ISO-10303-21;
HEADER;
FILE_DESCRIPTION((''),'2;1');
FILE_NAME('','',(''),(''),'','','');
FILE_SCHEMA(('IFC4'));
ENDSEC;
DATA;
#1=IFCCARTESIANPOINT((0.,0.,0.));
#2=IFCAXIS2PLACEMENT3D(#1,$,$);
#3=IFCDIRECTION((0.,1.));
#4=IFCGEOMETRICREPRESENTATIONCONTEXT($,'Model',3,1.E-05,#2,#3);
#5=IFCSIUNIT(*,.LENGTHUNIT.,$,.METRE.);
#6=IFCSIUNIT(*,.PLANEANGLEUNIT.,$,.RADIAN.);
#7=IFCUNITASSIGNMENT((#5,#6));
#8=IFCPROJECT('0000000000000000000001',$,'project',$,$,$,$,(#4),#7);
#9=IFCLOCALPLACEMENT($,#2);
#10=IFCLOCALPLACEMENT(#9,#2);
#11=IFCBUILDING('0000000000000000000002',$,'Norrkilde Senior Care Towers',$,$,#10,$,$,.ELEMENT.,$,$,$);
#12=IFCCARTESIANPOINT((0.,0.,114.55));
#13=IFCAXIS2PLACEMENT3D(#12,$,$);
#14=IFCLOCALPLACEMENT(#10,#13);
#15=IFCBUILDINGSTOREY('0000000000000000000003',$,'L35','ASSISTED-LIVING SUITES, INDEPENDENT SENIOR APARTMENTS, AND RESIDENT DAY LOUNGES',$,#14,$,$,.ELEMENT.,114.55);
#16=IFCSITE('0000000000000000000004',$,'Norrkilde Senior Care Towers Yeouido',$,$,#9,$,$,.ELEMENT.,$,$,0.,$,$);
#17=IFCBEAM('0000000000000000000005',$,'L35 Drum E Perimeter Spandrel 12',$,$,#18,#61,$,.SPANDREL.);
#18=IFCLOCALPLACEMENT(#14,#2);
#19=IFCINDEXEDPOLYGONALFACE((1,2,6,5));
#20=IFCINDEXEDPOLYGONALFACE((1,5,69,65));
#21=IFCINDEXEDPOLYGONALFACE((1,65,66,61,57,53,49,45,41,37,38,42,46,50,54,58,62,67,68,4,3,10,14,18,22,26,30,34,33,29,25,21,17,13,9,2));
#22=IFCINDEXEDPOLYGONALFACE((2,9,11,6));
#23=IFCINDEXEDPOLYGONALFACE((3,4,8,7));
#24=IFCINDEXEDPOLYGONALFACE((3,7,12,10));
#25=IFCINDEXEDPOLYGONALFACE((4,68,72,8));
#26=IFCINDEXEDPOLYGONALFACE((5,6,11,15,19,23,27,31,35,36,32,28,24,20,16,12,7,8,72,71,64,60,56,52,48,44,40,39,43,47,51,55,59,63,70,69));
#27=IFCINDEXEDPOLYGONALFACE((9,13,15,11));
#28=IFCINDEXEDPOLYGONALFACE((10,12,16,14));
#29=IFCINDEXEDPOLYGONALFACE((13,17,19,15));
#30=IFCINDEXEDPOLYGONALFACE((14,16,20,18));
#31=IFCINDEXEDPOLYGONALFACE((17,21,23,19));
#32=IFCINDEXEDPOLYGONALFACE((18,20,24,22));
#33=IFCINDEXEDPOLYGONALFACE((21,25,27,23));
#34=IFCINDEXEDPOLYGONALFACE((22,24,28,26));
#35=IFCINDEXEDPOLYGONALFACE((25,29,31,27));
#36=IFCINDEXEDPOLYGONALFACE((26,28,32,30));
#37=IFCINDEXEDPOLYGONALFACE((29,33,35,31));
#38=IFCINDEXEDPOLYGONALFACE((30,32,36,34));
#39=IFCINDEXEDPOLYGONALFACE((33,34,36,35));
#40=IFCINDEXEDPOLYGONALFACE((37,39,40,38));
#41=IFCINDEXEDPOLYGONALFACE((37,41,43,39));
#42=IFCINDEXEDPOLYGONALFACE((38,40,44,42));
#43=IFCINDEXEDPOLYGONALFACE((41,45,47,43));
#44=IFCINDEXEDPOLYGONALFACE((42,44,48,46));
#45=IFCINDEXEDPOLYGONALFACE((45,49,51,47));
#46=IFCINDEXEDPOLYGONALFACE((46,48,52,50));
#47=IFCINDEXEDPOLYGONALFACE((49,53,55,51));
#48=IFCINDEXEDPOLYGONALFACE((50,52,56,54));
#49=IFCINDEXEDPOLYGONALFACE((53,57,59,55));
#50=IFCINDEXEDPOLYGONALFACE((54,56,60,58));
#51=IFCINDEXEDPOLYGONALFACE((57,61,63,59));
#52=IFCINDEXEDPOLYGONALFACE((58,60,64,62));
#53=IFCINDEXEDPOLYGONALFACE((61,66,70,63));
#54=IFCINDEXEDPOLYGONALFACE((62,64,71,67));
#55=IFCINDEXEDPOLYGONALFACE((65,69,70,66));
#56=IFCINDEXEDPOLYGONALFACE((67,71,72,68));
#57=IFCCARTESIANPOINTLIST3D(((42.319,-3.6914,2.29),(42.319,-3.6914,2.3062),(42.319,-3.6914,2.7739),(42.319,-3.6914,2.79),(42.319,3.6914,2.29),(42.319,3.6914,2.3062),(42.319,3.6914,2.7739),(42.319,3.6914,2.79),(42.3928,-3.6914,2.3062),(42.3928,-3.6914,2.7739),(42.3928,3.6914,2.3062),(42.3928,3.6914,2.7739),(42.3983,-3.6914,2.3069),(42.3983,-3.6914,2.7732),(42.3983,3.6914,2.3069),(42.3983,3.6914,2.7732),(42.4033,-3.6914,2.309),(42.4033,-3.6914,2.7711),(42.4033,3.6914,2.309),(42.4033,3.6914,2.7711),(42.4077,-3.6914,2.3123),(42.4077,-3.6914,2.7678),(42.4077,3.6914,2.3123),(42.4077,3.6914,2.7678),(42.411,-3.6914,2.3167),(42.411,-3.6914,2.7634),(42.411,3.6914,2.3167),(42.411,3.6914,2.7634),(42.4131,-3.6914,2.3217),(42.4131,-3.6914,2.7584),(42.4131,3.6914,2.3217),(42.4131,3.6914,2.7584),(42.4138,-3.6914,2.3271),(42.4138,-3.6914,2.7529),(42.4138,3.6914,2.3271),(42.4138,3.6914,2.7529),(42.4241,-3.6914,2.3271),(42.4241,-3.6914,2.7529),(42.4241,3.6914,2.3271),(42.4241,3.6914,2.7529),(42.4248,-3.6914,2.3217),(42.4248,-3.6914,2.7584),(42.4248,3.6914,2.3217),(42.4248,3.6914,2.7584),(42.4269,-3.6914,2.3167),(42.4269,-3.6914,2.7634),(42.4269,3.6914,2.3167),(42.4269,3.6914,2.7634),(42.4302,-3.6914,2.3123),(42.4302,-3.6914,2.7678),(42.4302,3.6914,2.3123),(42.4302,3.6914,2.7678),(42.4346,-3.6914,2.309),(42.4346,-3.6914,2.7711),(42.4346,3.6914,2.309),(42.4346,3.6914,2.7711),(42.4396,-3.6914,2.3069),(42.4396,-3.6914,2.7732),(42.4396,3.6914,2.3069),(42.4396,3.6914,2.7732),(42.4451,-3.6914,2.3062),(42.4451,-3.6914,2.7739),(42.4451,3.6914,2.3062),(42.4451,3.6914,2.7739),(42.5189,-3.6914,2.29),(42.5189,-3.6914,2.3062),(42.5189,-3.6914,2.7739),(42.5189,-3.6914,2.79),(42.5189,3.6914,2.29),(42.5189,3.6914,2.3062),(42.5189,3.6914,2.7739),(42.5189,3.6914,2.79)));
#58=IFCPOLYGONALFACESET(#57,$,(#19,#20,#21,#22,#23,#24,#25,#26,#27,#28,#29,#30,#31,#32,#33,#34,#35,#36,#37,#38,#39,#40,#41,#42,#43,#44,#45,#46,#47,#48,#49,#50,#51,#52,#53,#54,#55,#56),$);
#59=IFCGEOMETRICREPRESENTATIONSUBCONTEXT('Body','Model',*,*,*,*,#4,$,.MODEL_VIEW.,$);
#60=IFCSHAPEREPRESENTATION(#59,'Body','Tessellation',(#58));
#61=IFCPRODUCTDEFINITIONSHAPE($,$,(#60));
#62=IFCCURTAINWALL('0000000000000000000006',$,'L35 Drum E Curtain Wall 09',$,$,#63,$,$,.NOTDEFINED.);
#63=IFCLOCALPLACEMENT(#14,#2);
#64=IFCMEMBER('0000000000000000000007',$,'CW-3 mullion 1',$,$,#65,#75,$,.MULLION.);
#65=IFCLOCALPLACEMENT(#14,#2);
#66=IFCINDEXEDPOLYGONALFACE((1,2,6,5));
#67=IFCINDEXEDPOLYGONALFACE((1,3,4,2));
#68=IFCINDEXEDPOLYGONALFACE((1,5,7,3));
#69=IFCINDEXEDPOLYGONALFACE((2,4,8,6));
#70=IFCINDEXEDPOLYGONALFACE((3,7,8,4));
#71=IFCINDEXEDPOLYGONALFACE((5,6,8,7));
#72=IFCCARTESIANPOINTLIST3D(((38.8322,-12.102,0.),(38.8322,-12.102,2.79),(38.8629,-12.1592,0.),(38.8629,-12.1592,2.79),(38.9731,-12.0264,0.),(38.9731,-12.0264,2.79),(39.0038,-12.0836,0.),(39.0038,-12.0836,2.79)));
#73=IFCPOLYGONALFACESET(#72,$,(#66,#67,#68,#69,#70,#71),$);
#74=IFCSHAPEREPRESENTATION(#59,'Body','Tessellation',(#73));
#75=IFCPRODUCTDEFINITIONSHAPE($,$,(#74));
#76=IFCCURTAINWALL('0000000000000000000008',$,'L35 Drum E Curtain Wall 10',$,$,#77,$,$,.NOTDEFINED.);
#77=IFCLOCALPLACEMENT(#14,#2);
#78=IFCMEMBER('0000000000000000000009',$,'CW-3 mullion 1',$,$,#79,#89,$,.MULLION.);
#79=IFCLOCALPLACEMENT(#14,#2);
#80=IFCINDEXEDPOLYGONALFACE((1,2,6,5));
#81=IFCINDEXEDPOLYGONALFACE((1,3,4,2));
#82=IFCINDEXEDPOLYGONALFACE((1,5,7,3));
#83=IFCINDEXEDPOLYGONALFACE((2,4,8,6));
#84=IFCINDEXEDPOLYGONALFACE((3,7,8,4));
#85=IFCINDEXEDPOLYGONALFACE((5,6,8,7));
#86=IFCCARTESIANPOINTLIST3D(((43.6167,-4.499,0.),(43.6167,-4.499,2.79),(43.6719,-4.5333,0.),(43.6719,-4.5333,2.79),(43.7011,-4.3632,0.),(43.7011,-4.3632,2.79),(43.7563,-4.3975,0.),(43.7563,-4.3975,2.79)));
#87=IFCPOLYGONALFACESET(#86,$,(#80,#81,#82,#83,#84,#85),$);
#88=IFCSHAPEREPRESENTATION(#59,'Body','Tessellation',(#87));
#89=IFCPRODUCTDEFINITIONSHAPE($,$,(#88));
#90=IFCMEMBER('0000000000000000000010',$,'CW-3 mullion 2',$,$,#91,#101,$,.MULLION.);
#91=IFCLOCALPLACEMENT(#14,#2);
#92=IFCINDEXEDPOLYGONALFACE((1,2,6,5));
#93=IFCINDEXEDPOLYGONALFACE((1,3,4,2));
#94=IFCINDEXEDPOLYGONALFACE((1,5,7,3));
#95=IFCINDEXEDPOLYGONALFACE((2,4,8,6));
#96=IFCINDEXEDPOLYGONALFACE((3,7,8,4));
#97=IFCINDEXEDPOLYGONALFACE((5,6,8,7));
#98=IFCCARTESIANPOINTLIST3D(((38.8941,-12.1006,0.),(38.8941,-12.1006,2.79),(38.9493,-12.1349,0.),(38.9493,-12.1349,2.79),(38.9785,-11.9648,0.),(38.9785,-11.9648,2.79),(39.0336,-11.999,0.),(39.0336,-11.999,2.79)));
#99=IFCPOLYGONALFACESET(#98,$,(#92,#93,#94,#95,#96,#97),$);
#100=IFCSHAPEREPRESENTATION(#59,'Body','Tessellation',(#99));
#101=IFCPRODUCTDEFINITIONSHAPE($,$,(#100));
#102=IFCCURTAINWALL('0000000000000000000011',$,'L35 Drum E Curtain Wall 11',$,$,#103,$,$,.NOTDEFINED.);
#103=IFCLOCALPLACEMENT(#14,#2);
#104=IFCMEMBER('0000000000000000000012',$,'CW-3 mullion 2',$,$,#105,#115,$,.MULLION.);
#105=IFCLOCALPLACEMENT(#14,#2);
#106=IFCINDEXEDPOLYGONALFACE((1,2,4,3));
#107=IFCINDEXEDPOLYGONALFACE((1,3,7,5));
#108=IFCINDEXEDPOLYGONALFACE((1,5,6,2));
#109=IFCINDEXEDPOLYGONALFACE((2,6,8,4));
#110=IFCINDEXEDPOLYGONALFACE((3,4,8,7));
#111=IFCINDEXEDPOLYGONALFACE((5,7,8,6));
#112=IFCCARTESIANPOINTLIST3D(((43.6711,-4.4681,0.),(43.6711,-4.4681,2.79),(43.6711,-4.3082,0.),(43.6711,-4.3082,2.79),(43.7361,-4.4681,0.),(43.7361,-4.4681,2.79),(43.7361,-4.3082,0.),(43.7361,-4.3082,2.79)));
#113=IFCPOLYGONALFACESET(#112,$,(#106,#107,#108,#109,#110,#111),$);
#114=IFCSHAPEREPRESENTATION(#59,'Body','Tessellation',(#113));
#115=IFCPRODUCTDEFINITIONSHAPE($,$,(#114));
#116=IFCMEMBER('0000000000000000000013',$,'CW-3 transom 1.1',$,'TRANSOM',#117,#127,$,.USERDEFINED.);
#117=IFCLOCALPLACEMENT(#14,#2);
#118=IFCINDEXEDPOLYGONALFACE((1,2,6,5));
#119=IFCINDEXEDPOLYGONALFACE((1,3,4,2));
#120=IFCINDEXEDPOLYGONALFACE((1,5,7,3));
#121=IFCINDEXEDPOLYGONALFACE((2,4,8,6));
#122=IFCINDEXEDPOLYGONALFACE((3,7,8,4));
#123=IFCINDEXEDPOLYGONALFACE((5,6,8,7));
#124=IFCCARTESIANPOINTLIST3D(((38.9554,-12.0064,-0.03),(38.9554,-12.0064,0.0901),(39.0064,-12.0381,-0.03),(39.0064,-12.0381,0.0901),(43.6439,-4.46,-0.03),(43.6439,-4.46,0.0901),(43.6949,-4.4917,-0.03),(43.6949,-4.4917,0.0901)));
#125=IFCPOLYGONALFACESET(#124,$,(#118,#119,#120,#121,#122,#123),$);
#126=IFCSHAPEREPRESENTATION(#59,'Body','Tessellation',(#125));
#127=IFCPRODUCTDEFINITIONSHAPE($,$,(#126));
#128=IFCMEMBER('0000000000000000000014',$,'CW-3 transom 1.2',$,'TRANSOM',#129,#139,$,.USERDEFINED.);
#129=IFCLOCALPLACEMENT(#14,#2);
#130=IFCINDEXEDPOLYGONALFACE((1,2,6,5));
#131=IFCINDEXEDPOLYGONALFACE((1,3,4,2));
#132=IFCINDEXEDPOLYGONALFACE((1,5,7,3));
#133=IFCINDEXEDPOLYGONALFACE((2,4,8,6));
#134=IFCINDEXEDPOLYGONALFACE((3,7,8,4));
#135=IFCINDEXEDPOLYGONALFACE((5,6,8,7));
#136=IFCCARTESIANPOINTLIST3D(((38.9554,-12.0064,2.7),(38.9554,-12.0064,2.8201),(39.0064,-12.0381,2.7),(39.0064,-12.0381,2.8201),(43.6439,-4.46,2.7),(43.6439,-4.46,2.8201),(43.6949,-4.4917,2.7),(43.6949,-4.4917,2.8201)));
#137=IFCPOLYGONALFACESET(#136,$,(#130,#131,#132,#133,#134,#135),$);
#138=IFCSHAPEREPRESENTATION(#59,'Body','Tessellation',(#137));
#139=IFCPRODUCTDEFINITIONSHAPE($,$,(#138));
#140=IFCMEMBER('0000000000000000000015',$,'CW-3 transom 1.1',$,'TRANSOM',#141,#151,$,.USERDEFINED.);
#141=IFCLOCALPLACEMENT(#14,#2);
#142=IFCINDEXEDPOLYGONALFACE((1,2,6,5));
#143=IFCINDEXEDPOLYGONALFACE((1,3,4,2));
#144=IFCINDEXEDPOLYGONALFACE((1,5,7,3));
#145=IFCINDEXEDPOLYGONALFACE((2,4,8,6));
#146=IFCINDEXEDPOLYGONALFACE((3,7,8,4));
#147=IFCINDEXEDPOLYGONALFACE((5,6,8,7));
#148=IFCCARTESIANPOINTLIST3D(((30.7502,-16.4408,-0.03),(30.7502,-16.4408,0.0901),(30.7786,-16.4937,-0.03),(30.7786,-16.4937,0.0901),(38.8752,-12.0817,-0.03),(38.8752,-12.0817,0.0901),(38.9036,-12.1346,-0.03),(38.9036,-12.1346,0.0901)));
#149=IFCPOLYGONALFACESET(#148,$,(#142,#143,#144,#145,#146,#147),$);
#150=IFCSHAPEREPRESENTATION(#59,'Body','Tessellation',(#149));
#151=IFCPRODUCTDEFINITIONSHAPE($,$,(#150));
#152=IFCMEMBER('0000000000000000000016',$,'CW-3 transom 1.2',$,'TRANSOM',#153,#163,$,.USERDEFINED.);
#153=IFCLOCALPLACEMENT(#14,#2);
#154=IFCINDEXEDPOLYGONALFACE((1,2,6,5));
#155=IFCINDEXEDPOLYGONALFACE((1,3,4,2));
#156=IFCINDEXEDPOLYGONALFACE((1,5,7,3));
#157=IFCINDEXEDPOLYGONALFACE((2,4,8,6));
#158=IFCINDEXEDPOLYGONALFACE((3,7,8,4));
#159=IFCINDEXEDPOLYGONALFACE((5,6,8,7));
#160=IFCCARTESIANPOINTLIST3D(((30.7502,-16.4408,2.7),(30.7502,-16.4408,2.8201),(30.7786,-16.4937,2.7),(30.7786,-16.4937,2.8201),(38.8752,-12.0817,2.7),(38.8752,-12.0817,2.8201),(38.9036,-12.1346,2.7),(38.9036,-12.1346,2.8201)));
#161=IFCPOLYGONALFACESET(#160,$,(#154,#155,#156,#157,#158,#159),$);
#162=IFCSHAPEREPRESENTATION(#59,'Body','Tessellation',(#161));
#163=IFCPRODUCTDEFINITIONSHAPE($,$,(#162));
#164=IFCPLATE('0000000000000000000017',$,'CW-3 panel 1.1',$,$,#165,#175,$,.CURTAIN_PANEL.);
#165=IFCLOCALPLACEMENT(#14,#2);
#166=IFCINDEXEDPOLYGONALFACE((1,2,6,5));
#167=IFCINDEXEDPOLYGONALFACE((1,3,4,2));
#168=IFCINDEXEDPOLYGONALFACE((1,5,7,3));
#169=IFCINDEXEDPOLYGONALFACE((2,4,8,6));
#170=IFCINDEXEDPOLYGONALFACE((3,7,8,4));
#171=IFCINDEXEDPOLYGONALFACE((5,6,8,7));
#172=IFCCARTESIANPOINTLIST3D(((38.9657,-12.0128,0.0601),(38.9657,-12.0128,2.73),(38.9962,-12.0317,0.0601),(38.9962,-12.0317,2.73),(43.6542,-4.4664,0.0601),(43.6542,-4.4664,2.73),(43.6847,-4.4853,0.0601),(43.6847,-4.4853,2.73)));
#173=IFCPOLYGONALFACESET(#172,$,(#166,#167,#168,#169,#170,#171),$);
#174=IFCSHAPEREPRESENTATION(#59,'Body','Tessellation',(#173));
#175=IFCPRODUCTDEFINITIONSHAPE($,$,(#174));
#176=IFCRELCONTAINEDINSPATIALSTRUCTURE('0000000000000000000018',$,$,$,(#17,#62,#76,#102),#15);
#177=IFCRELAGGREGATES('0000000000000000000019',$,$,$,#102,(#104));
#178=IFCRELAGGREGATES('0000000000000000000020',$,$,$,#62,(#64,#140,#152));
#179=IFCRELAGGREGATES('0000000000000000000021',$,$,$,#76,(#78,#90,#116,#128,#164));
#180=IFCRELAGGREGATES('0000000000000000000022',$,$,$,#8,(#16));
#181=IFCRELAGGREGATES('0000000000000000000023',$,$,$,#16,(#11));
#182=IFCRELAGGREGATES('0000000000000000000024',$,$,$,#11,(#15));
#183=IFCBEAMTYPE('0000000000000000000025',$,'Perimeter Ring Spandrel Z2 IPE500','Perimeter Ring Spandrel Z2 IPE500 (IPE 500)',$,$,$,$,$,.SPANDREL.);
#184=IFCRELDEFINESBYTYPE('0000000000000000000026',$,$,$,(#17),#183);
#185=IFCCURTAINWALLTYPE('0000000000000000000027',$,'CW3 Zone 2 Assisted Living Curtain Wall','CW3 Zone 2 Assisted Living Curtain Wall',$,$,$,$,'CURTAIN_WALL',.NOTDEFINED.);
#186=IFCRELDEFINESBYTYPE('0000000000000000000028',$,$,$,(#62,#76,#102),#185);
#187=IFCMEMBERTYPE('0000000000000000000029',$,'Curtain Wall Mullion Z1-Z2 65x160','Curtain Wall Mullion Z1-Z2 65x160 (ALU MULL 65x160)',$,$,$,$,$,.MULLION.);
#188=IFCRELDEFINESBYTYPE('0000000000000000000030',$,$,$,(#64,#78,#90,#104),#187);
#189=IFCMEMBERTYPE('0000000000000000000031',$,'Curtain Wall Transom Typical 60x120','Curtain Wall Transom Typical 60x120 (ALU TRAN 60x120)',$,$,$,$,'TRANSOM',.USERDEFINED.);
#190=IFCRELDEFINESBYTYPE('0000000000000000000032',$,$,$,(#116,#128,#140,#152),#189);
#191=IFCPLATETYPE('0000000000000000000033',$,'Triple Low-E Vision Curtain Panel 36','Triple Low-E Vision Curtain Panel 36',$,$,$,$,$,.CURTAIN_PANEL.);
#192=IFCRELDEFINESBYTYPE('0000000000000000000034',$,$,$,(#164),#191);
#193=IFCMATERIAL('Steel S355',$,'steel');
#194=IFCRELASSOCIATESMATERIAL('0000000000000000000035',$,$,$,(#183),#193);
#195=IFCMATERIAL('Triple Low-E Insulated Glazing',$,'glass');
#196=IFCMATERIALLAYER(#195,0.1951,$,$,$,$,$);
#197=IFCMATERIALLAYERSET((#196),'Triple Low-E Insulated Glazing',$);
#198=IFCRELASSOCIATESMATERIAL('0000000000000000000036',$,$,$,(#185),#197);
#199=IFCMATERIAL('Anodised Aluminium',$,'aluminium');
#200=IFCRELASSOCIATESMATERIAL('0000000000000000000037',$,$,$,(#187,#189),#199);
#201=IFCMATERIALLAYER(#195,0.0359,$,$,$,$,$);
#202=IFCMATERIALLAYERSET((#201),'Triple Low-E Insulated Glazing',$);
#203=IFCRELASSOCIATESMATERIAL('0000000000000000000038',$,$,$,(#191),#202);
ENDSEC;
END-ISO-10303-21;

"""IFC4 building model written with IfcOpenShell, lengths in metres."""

from ifc_helpers import new_model, si_unit, direction, frame, origin, origin_2d, place, context, subcontext, project, spatial, rectangle, i_section, extrude, source, transform, mapped, material, layer, layer_set, material_profile, profile_set, type_object, type_shapes, element, aggregate, save


model = new_model("IFC4")

# Units and contexts
model_context = context("Model", 3, precision=1e-05, world=origin(), true_north=direction((0.0, 1.0)))
body_context = subcontext(model_context, "Body", "Model", "MODEL_VIEW")
ifc_project = project(units=[si_unit("LENGTHUNIT", "METRE"), si_unit("PLANEANGLEUNIT", "RADIAN")], contexts=[model_context])

# Site, building, storey
site_placement = place(None, origin())
site = spatial("IfcSite", under=ifc_project, at=site_placement, Name="Norrkilde Senior Care Towers Yeouido", CompositionType="ELEMENT", RefElevation=0.0)
building_placement = place(site_placement, origin())
building = spatial("IfcBuilding", under=site, at=building_placement, Name="Norrkilde Senior Care Towers", CompositionType="ELEMENT")
storey_placement = place(building_placement, frame((0.0, 0.0, 114.55)))
storey = spatial("IfcBuildingStorey", under=building, at=storey_placement, Name="L35", Description="ASSISTED-LIVING SUITES, INDEPENDENT SENIOR APARTMENTS, AND RESIDENT DAY LOUNGES", CompositionType="ELEMENT", Elevation=114.55)

# Beam
ifc_material_1 = material(Name="Steel S355", Category="steel")
ifc_material_profile_1 = material_profile(ifc_material_1, i_section(OverallWidth=0.2, OverallDepth=0.5, WebThickness=0.0103, FlangeThickness=0.0161, FilletRadius=0.021, at=origin_2d()), Name="IPE 500")
ifc_profile_set_1 = profile_set([ifc_material_profile_1], Name="Steel S355")
beam_type_1 = type_object("IfcBeamType", Name="Perimeter Ring Spandrel Z2 IPE500", Description="Perimeter Ring Spandrel Z2 IPE500 (IPE 500)", PredefinedType="SPANDREL", material=ifc_profile_set_1)
shared_shape_1 = source(origin(), body_context, "Body", "SweptSolid", [
    extrude(i_section(OverallWidth=0.2, OverallDepth=0.5, WebThickness=0.0103, FlangeThickness=0.0161, FilletRadius=0.021, at=origin_2d()), origin(), (0.0, 0.0, 1.0), 7.3828),
])
beam_1_placement = place(storey_placement, frame((42.4189, -3.6914, 2.54), z_axis=(0.0, 1.0, 0.0), x_axis=(-1.0, 0.0, 0.0)))
element("IfcBeam", 1, at=beam_1_placement, inside=storey, type_object=beam_type_1, Name="L35 Drum E Perimeter Spandrel 12", PredefinedType="SPANDREL", context=body_context, shape_type="MappedRepresentation", body=[
    mapped(shared_shape_1, transform((0.0, 0.0, 0.0), x_axis=(1.0, 0.0, 0.0), y_axis=(0.0, 1.0, 0.0), z_axis=(0.0, 0.0, 1.0), scale=1.0)),
])

# Curtain wall, member
ifc_material_2 = material(Name="Triple Low-E Insulated Glazing", Category="glass")
ifc_layer_1 = layer(ifc_material_2, 0.1951)
ifc_layer_set_1 = layer_set([ifc_layer_1], Name="Triple Low-E Insulated Glazing")
curtain_wall_type = type_object("IfcCurtainWallType", Name="CW3 Zone 2 Assisted Living Curtain Wall", Description="CW3 Zone 2 Assisted Living Curtain Wall", ElementType="CURTAIN_WALL", PredefinedType="NOTDEFINED", material=ifc_layer_set_1)
curtain_wall_1_placement = place(storey_placement, origin())
curtain_wall_1 = element("IfcCurtainWall", 2, at=curtain_wall_1_placement, inside=storey, type_object=curtain_wall_type, Name="L35 Drum E Curtain Wall 09", PredefinedType="NOTDEFINED")
ifc_material_3 = material(Name="Anodised Aluminium", Category="aluminium")
ifc_material_profile_2 = material_profile(ifc_material_3, rectangle(XDim=0.0649, YDim=0.1599, at=origin_2d()), Name="ALU MULL 65x160")
ifc_profile_set_2 = profile_set([ifc_material_profile_2], Name="Anodised Aluminium")
member_type_1 = type_object("IfcMemberType", Name="Curtain Wall Mullion Z1-Z2 65x160", Description="Curtain Wall Mullion Z1-Z2 65x160 (ALU MULL 65x160)", PredefinedType="MULLION", material=ifc_profile_set_2)
shared_shape_2 = source(origin(), body_context, "Body", "SweptSolid", [
    extrude(rectangle(XDim=0.0649, YDim=0.1599, at=origin_2d()), origin(), (0.0, 0.0, 1.0), 2.79),
])
type_shapes(member_type_1, [shared_shape_2])
member_1_placement = place(storey_placement, frame((38.918, -12.0928, 0.0), z_axis=(0.0, 0.0, 1.0), x_axis=(0.472769, -0.881186, 0.0)))
member_1 = element("IfcMember", 3, at=member_1_placement, type_object=member_type_1, Name="CW-3 mullion 1", PredefinedType="MULLION", context=body_context, shape_type="MappedRepresentation", body=[
    mapped(shared_shape_2, transform((0.0, 0.0, 0.0), x_axis=(1.0, 0.0, 0.0), y_axis=(0.0, 1.0, 0.0), z_axis=(0.0, 0.0, 1.0), scale=1.0)),
])

# Curtain wall, members
curtain_wall_2_placement = place(storey_placement, origin())
curtain_wall_2 = element("IfcCurtainWall", 4, at=curtain_wall_2_placement, inside=storey, type_object=curtain_wall_type, Name="L35 Drum E Curtain Wall 10", PredefinedType="NOTDEFINED")
member_2_placement = place(storey_placement, frame((43.6865, -4.4482, 0.0), z_axis=(0.0, 0.0, 1.0), x_axis=(0.84941, -0.527733, 0.0)))
member_2 = element("IfcMember", 5, at=member_2_placement, type_object=member_type_1, Name="CW-3 mullion 1", PredefinedType="MULLION", context=body_context, shape_type="MappedRepresentation", body=[
    mapped(shared_shape_2, transform((0.0, 0.0, 0.0), x_axis=(1.0, 0.0, 0.0), y_axis=(0.0, 1.0, 0.0), z_axis=(0.0, 0.0, 1.0), scale=1.0)),
])
member_3_placement = place(storey_placement, frame((38.9639, -12.0498, 0.0), z_axis=(0.0, 0.0, 1.0), x_axis=(0.84941, -0.527733, 0.0)))
member_3 = element("IfcMember", 6, at=member_3_placement, type_object=member_type_1, Name="CW-3 mullion 2", PredefinedType="MULLION", context=body_context, shape_type="MappedRepresentation", body=[
    mapped(shared_shape_2, transform((0.0, 0.0, 0.0), x_axis=(1.0, 0.0, 0.0), y_axis=(0.0, 1.0, 0.0), z_axis=(0.0, 0.0, 1.0), scale=1.0)),
])

# Curtain wall, member
curtain_wall_3_placement = place(storey_placement, origin())
curtain_wall_3 = element("IfcCurtainWall", 7, at=curtain_wall_3_placement, inside=storey, type_object=curtain_wall_type, Name="L35 Drum E Curtain Wall 11", PredefinedType="NOTDEFINED")
member_4_placement = place(storey_placement, frame((43.7036, -4.3882, 0.0), z_axis=(0.0, 0.0, 1.0), x_axis=(1.0, 0.0, 0.0)))
member_4 = element("IfcMember", 8, at=member_4_placement, type_object=member_type_1, Name="CW-3 mullion 2", PredefinedType="MULLION", context=body_context, shape_type="MappedRepresentation", body=[
    mapped(shared_shape_2, transform((0.0, 0.0, 0.0), x_axis=(1.0, 0.0, 0.0), y_axis=(0.0, 1.0, 0.0), z_axis=(0.0, 0.0, 1.0), scale=1.0)),
])
aggregate(curtain_wall_3, [member_4])

# Members
ifc_material_profile_3 = material_profile(ifc_material_3, rectangle(XDim=0.0601, YDim=0.1201, at=origin_2d()), Name="ALU TRAN 60x120")
ifc_profile_set_3 = profile_set([ifc_material_profile_3], Name="Anodised Aluminium")
member_type_2 = type_object("IfcMemberType", Name="Curtain Wall Transom Typical 60x120", Description="Curtain Wall Transom Typical 60x120 (ALU TRAN 60x120)", ElementType="TRANSOM", PredefinedType="USERDEFINED", material=ifc_profile_set_3)
shared_shape_3 = source(origin(), body_context, "Body", "SweptSolid", [
    extrude(rectangle(XDim=0.0601, YDim=0.1201, at=origin_2d()), origin(), (0.0, 0.0, 1.0), 8.8843),
])
member_5_placement = place(storey_placement, frame((43.6694, -4.4758, 0.03), z_axis=(-0.527729, -0.849413, 0.0), x_axis=(0.849413, -0.527729, 0.0)))
member_5 = element("IfcMember", 9, at=member_5_placement, type_object=member_type_2, Name="CW-3 transom 1.1", ObjectType="TRANSOM", PredefinedType="USERDEFINED", context=body_context, shape_type="MappedRepresentation", body=[
    mapped(shared_shape_3, transform((0.0, 0.0, 0.0), x_axis=(1.0, 0.0, 0.0), y_axis=(0.0, 1.0, 0.0), z_axis=(0.0, 0.0, 1.0), scale=1.0)),
])
member_6_placement = place(storey_placement, frame((43.6694, -4.4758, 2.76), z_axis=(-0.527729, -0.849413, 0.0), x_axis=(0.849413, -0.527729, 0.0)))
member_6 = element("IfcMember", 10, at=member_6_placement, type_object=member_type_2, Name="CW-3 transom 1.2", ObjectType="TRANSOM", PredefinedType="USERDEFINED", context=body_context, shape_type="MappedRepresentation", body=[
    mapped(shared_shape_3, transform((0.0, 0.0, 0.0), x_axis=(1.0, 0.0, 0.0), y_axis=(0.0, 1.0, 0.0), z_axis=(0.0, 0.0, 1.0), scale=1.0)),
])
shared_shape_4 = source(origin(), body_context, "Body", "SweptSolid", [
    extrude(rectangle(XDim=0.0601, YDim=0.1201, at=origin_2d()), origin(), (0.0, 0.0, 1.0), 9.2205),
])
type_shapes(member_type_2, [shared_shape_3, shared_shape_4])
member_7_placement = place(storey_placement, frame((38.8894, -12.1082, 0.03), z_axis=(-0.881189, -0.472765, 0.0), x_axis=(0.472765, -0.881189, 0.0)))
member_7 = element("IfcMember", 11, at=member_7_placement, type_object=member_type_2, Name="CW-3 transom 1.1", ObjectType="TRANSOM", PredefinedType="USERDEFINED", context=body_context, shape_type="MappedRepresentation", body=[
    mapped(shared_shape_4, transform((0.0, 0.0, 0.0), x_axis=(1.0, 0.0, 0.0), y_axis=(0.0, 1.0, 0.0), z_axis=(0.0, 0.0, 1.0), scale=1.0)),
])
member_8_placement = place(storey_placement, frame((38.8894, -12.1082, 2.76), z_axis=(-0.881189, -0.472765, 0.0), x_axis=(0.472765, -0.881189, 0.0)))
member_8 = element("IfcMember", 12, at=member_8_placement, type_object=member_type_2, Name="CW-3 transom 1.2", ObjectType="TRANSOM", PredefinedType="USERDEFINED", context=body_context, shape_type="MappedRepresentation", body=[
    mapped(shared_shape_4, transform((0.0, 0.0, 0.0), x_axis=(1.0, 0.0, 0.0), y_axis=(0.0, 1.0, 0.0), z_axis=(0.0, 0.0, 1.0), scale=1.0)),
])
aggregate(curtain_wall_1, [member_1, member_7, member_8])

# Plate
ifc_layer_2 = layer(ifc_material_2, 0.0359)
ifc_layer_set_2 = layer_set([ifc_layer_2], Name="Triple Low-E Insulated Glazing")
plate_type = type_object("IfcPlateType", Name="Triple Low-E Vision Curtain Panel 36", Description="Triple Low-E Vision Curtain Panel 36", PredefinedType="CURTAIN_PANEL", material=ifc_layer_set_2)
shared_shape_5 = source(origin(), body_context, "Body", "SweptSolid", [
    extrude(rectangle(XDim=8.8843, YDim=0.0359, at=origin_2d()), origin(), (0.0, 0.0, 1.0), 2.6699),
])
type_shapes(plate_type, [shared_shape_5])
plate_placement = place(storey_placement, frame((41.3252, -8.249, 0.0601), z_axis=(0.0, 0.0, 1.0), x_axis=(-0.527733, -0.84941, 0.0)))
plate = element("IfcPlate", 13, at=plate_placement, type_object=plate_type, Name="CW-3 panel 1.1", PredefinedType="CURTAIN_PANEL", context=body_context, shape_type="MappedRepresentation", body=[
    mapped(shared_shape_5, transform((0.0, 0.0, 0.0), x_axis=(1.0, 0.0, 0.0), y_axis=(0.0, 1.0, 0.0), z_axis=(0.0, 0.0, 1.0), scale=1.0)),
])
aggregate(curtain_wall_2, [member_2, member_3, member_5, member_6, plate])

save(model, "model.ifc")
